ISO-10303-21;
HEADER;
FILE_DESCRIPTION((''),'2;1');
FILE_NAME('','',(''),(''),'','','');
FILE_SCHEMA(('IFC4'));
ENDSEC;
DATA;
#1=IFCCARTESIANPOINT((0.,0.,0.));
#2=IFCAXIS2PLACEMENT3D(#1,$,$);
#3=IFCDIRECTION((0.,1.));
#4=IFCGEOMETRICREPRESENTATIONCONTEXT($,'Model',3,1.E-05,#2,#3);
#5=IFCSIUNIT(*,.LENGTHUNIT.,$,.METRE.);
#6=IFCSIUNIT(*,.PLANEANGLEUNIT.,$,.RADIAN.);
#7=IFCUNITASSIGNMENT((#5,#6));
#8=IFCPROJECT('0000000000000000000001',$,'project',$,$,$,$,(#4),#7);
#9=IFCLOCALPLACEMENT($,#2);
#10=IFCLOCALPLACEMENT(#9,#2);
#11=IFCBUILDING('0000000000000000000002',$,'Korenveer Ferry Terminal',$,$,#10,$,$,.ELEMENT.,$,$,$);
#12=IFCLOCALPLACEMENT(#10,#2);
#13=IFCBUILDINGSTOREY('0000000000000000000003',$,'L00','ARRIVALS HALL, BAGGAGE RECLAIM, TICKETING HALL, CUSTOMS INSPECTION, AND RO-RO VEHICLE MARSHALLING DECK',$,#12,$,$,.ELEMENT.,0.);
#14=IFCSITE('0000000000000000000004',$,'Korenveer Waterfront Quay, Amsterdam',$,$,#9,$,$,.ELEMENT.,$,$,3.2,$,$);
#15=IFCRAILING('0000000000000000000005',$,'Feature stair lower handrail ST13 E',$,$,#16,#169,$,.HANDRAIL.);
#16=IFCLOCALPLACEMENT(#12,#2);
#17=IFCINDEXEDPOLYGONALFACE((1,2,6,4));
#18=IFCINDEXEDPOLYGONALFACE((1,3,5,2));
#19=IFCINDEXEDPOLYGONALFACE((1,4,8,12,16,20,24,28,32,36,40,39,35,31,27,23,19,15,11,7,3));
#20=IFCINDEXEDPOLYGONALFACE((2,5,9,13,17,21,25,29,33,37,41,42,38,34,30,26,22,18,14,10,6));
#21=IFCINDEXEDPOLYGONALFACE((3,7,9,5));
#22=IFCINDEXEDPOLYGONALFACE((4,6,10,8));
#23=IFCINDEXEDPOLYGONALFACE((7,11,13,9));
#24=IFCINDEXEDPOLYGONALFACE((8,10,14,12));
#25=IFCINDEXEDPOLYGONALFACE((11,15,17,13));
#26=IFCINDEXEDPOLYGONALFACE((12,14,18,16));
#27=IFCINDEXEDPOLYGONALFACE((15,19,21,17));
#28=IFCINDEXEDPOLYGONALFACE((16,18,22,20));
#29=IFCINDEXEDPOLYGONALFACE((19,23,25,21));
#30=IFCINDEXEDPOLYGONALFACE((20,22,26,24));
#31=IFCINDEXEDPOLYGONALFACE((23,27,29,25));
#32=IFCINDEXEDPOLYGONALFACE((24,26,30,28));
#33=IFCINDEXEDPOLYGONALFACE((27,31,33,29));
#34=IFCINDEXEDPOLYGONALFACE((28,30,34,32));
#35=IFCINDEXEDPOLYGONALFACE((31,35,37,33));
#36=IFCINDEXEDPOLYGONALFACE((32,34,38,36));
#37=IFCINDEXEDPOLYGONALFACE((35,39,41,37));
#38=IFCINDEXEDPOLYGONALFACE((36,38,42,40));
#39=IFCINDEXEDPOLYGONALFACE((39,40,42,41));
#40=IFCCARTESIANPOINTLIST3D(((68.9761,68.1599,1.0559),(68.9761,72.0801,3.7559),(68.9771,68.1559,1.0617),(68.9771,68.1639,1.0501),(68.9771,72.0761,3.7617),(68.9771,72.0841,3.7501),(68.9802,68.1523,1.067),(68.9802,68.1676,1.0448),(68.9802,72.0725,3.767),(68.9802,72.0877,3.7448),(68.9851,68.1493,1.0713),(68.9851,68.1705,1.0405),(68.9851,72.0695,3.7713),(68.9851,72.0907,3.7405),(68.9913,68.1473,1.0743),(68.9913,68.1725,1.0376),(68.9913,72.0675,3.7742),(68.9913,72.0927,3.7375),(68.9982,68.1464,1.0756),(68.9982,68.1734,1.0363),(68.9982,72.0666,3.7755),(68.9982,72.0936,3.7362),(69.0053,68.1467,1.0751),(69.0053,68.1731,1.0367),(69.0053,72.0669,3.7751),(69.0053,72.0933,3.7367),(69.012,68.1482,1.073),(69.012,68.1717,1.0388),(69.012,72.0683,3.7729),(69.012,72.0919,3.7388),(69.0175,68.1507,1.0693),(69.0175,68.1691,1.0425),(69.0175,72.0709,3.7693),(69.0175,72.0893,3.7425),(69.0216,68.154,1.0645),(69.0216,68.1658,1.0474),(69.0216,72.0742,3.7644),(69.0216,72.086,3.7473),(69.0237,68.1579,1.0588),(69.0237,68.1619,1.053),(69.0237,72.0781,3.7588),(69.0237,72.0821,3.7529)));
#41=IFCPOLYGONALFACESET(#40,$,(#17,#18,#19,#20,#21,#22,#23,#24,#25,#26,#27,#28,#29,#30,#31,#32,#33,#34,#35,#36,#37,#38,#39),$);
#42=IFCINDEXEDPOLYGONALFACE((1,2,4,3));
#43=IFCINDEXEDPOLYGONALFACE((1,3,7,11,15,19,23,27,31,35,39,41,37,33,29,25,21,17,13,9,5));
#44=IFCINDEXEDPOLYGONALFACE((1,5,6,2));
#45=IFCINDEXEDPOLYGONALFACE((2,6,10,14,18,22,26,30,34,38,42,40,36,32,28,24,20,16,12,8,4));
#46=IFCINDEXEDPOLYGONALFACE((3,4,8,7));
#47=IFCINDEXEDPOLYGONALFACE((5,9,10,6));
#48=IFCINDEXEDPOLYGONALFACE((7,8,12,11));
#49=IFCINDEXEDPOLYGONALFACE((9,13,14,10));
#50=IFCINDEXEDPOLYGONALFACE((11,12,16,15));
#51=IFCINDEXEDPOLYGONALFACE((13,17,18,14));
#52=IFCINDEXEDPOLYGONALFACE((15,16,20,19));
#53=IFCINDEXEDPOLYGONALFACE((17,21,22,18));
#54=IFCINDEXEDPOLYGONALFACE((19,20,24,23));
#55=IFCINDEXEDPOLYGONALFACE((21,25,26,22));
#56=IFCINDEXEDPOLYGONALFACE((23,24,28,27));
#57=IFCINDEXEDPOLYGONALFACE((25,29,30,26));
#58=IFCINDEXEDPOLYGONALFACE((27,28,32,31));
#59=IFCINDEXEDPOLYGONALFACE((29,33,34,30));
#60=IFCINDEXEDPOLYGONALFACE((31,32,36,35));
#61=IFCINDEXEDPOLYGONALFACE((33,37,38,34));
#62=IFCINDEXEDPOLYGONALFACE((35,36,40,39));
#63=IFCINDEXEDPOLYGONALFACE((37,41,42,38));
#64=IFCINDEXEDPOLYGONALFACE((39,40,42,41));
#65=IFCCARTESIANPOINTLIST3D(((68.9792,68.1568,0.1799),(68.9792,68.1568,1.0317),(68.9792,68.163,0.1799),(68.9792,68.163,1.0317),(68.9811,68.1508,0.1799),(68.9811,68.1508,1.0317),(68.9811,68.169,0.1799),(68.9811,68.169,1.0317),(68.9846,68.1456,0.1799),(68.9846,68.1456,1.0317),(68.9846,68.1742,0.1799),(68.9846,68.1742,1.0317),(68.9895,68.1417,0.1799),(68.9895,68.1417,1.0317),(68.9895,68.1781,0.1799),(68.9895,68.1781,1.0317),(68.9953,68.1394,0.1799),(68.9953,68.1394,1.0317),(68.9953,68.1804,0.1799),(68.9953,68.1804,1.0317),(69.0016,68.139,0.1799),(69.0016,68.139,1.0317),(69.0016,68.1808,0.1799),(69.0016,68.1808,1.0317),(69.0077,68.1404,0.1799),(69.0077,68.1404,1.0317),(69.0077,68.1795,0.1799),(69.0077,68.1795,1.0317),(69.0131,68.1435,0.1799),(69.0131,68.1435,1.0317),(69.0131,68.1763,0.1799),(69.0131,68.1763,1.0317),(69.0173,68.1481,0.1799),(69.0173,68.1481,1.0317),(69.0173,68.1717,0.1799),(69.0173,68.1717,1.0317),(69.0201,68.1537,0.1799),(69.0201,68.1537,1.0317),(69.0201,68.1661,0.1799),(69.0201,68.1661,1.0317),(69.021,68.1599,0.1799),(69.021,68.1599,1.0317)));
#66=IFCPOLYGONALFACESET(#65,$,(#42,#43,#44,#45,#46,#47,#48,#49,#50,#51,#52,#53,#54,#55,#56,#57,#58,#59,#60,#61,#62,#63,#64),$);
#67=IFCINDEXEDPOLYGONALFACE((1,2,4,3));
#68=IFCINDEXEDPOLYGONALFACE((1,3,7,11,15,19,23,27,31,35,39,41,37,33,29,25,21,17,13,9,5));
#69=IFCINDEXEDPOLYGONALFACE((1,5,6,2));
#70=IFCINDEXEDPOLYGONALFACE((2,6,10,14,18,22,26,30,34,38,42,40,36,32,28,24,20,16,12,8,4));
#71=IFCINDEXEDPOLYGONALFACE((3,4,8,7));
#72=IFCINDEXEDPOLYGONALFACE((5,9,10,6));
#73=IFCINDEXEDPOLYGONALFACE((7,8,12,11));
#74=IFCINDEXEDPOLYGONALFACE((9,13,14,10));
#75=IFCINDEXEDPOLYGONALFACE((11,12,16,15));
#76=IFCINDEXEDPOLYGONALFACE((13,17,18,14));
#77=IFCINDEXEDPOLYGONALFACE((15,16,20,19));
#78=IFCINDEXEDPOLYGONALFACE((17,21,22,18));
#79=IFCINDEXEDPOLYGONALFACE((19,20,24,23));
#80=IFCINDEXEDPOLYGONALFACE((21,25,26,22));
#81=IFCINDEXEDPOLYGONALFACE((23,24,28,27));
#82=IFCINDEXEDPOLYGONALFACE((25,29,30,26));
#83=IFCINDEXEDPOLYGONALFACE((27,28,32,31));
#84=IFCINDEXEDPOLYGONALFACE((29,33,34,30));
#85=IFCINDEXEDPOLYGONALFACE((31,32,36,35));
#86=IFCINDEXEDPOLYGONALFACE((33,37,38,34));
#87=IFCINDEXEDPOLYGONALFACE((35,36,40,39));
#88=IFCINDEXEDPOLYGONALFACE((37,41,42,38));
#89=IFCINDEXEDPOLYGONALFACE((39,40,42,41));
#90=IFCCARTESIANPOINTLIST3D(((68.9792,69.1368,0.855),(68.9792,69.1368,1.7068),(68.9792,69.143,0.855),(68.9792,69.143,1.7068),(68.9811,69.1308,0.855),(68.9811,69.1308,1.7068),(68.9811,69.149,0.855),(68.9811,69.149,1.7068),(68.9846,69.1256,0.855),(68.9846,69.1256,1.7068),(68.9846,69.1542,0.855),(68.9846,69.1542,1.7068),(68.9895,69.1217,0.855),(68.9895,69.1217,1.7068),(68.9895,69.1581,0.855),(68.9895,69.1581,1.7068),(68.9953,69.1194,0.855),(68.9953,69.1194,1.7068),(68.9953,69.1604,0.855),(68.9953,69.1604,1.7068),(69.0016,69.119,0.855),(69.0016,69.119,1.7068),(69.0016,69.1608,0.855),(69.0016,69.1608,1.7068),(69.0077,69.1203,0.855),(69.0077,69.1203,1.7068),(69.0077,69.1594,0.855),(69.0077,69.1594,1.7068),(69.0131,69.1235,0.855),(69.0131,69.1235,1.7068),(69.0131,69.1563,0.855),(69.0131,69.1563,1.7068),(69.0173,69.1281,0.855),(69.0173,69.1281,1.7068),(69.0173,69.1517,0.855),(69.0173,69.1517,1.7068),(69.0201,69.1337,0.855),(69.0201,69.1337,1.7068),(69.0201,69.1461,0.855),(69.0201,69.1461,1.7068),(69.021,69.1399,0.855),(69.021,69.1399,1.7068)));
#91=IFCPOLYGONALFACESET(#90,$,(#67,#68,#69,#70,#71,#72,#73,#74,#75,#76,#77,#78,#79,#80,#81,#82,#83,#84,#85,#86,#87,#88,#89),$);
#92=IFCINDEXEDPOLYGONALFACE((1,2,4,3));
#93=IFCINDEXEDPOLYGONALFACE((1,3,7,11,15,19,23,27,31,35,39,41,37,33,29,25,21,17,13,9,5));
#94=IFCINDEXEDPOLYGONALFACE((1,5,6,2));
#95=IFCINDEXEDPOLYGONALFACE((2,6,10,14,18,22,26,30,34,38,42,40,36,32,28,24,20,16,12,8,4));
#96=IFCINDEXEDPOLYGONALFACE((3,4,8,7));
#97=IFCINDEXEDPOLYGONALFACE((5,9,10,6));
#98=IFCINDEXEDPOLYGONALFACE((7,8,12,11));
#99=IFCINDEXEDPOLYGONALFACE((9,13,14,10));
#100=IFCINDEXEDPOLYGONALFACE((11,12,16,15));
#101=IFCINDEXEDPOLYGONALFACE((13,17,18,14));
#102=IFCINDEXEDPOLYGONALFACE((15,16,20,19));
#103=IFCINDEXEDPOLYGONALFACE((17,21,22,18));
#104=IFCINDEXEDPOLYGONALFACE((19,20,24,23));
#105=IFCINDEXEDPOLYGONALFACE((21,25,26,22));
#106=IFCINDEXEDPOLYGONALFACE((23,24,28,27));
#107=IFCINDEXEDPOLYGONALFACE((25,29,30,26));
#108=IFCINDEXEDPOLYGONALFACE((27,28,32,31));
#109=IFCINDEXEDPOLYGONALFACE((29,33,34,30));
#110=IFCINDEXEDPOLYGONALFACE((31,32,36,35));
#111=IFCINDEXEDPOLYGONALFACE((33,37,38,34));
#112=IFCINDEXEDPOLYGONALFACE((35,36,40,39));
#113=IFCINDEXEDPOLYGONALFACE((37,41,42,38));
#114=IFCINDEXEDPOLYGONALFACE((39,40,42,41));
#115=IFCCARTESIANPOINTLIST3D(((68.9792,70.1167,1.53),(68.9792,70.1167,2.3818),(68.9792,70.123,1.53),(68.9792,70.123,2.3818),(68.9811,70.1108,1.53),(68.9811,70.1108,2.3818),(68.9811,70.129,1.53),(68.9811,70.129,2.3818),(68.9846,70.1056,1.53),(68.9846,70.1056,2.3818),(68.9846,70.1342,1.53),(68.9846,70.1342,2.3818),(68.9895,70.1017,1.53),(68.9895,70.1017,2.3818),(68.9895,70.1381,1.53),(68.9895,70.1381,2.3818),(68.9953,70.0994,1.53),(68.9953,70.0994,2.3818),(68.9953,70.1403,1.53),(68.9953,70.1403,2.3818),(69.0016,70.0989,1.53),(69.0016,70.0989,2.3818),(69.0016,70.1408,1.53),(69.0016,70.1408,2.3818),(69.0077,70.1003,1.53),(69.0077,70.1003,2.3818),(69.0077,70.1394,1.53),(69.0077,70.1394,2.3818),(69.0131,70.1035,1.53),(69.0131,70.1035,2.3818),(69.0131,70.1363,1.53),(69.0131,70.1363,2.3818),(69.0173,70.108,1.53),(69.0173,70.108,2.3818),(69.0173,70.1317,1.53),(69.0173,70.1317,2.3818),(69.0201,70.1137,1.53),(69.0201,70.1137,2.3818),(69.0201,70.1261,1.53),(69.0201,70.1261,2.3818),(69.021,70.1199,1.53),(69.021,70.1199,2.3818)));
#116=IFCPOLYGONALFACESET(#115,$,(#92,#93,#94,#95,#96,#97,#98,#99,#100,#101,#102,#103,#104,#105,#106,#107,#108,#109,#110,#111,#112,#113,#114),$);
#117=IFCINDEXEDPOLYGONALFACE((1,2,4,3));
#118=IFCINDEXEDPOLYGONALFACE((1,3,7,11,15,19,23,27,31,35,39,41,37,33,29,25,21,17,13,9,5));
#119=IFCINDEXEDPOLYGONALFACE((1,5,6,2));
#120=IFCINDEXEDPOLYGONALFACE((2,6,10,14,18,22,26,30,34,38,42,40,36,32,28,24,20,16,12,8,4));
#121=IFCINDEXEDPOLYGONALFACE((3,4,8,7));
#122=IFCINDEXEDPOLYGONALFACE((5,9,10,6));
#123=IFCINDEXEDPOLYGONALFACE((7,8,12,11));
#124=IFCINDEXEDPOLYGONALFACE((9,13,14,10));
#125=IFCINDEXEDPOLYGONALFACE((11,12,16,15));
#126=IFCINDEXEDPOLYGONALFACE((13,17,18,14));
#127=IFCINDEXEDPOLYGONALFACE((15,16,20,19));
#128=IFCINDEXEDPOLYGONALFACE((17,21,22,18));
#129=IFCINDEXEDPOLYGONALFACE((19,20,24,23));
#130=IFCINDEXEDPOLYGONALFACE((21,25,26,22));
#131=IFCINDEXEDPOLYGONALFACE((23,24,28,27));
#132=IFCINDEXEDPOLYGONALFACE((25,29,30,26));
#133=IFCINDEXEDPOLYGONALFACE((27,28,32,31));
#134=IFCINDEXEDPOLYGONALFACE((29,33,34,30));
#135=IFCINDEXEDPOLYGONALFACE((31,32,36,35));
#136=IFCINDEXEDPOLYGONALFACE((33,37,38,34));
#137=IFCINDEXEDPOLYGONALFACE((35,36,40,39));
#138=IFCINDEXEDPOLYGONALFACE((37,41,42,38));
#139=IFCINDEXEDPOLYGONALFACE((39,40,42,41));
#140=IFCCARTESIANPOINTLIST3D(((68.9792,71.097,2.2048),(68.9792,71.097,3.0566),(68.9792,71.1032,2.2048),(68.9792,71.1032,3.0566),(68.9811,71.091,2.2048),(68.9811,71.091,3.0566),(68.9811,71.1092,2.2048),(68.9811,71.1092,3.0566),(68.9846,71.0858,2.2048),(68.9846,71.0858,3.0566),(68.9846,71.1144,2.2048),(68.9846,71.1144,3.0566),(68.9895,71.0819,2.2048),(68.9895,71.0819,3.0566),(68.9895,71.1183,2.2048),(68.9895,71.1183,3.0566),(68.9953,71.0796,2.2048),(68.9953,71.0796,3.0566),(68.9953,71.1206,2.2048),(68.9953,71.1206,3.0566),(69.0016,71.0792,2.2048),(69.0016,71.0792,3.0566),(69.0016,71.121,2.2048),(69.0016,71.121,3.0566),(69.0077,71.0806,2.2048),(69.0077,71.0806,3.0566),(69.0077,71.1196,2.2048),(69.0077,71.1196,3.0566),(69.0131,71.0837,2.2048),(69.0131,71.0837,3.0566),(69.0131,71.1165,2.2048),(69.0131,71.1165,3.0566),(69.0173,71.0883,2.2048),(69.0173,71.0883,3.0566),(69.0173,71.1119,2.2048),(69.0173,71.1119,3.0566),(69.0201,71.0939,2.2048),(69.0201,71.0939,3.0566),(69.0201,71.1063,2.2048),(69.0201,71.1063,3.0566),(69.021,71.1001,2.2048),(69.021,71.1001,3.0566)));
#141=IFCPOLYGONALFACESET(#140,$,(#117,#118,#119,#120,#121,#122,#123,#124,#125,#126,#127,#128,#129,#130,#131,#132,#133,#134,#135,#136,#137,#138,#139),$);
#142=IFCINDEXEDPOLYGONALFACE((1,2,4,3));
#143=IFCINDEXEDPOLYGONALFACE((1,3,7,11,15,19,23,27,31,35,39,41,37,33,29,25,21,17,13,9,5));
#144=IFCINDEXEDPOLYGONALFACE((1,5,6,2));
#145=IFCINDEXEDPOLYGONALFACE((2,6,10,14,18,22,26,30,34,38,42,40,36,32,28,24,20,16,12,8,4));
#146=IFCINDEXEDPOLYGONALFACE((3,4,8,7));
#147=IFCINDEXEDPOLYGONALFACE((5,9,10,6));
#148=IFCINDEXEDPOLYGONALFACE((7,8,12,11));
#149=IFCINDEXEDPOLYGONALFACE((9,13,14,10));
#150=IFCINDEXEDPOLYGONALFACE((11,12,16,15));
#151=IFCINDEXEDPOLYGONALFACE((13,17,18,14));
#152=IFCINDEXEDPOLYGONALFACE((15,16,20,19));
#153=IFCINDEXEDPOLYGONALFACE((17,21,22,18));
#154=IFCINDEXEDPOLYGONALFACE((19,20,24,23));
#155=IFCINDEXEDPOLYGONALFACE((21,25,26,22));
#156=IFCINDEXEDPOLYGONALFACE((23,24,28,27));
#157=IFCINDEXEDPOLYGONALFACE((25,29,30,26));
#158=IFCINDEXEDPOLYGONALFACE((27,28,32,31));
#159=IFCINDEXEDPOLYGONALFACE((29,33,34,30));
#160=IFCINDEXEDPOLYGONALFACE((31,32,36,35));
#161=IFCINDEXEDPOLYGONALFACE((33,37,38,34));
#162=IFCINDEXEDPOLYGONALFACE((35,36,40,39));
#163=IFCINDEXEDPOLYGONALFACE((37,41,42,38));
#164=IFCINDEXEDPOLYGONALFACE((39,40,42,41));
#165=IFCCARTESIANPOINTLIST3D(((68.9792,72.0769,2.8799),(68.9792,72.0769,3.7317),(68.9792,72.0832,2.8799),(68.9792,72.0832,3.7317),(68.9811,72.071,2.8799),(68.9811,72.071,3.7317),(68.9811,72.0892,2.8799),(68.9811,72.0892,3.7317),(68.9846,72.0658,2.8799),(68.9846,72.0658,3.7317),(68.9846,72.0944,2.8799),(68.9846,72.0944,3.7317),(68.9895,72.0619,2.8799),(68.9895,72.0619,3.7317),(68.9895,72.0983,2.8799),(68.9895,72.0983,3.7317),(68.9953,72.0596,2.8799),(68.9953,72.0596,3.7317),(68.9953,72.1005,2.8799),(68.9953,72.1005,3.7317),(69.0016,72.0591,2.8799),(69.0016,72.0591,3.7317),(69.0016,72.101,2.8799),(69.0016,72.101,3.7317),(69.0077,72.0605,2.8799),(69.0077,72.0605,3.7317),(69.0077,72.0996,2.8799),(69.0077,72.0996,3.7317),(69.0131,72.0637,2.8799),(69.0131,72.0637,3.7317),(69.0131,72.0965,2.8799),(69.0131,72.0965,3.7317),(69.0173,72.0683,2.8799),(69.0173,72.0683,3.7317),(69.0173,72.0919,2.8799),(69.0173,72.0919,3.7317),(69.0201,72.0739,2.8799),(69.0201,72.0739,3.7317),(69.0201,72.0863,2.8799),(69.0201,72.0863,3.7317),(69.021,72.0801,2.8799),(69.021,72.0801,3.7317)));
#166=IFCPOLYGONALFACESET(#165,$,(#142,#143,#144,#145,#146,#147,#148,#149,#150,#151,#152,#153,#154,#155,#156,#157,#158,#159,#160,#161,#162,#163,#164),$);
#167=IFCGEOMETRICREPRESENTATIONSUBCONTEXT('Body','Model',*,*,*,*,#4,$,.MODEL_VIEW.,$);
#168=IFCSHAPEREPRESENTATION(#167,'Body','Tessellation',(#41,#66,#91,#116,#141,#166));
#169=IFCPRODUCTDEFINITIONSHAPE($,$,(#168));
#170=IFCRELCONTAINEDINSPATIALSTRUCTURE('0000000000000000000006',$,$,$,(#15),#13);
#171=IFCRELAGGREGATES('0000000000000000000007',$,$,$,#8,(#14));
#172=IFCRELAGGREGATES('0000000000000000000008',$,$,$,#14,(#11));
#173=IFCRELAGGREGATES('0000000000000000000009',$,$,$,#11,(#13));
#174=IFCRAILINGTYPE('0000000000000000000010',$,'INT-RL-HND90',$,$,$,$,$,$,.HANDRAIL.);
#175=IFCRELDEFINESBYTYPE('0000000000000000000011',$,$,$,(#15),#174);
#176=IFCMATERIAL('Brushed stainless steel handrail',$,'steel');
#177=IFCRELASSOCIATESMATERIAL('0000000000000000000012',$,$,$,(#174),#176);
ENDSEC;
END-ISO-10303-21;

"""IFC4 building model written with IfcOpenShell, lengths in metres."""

from ifc_helpers import new_model, si_unit, direction, frame, origin, origin_2d, place, context, subcontext, project, spatial, circle, extrude, material, type_object, element, save


model = new_model("IFC4")

# Units and contexts
model_context = context("Model", 3, precision=1e-05, world=origin(), true_north=direction((0.0, 1.0)))
body_context = subcontext(model_context, "Body", "Model", "MODEL_VIEW")
ifc_project = project(units=[si_unit("LENGTHUNIT", "METRE"), si_unit("PLANEANGLEUNIT", "RADIAN")], contexts=[model_context])

# Site, building, storey
site_placement = place(None, origin())
site = spatial("IfcSite", under=ifc_project, at=site_placement, Name="Korenveer Waterfront Quay, Amsterdam", CompositionType="ELEMENT", RefElevation=3.2)
building_placement = place(site_placement, origin())
building = spatial("IfcBuilding", under=site, at=building_placement, Name="Korenveer Ferry Terminal", CompositionType="ELEMENT")
storey_placement = place(building_placement, origin())
storey = spatial("IfcBuildingStorey", under=building, at=storey_placement, Name="L00", Description="ARRIVALS HALL, BAGGAGE RECLAIM, TICKETING HALL, CUSTOMS INSPECTION, AND RO-RO VEHICLE MARSHALLING DECK", CompositionType="ELEMENT", Elevation=0.0)

# Railing
ifc_material_1 = material(Name="Brushed stainless steel handrail", Category="steel")
railing_type_1 = type_object("IfcRailingType", Name="INT-RL-HND90", PredefinedType="HANDRAIL", material=ifc_material_1)
railing_1_placement = place(storey_placement, frame((69.0, 68.1599, 0.1799)))
element("IfcRailing", 1, at=railing_1_placement, inside=storey, type_object=railing_type_1, Name="Feature stair lower handrail ST13 E", PredefinedType="HANDRAIL", context=body_context, shape_type="SweptSolid", body=[
    extrude(circle(Radius=0.0239, at=origin_2d()), frame((0.0, 0.0, 0.876), z_axis=(0.0, 0.823567, 0.567219), x_axis=(-1.0, 0.0, 0.0)), (0.0, 0.0, 1.0), 4.76),
    extrude(circle(Radius=0.021, at=origin_2d()), origin(), (0.0, 0.0, 1.0), 0.8518),
    extrude(circle(Radius=0.021, at=origin_2d()), frame((0.0, 0.98, 0.675)), (0.0, 0.0, 1.0), 0.8518),
    extrude(circle(Radius=0.021, at=origin_2d()), frame((0.0, 1.96, 1.3501)), (0.0, 0.0, 1.0), 0.8518),
    extrude(circle(Radius=0.021, at=origin_2d()), frame((0.0, 2.9402, 2.0249)), (0.0, 0.0, 1.0), 0.8518),
    extrude(circle(Radius=0.021, at=origin_2d()), frame((0.0, 3.9202, 2.7)), (0.0, 0.0, 1.0), 0.8518),
])

save(model, "model.ifc")
